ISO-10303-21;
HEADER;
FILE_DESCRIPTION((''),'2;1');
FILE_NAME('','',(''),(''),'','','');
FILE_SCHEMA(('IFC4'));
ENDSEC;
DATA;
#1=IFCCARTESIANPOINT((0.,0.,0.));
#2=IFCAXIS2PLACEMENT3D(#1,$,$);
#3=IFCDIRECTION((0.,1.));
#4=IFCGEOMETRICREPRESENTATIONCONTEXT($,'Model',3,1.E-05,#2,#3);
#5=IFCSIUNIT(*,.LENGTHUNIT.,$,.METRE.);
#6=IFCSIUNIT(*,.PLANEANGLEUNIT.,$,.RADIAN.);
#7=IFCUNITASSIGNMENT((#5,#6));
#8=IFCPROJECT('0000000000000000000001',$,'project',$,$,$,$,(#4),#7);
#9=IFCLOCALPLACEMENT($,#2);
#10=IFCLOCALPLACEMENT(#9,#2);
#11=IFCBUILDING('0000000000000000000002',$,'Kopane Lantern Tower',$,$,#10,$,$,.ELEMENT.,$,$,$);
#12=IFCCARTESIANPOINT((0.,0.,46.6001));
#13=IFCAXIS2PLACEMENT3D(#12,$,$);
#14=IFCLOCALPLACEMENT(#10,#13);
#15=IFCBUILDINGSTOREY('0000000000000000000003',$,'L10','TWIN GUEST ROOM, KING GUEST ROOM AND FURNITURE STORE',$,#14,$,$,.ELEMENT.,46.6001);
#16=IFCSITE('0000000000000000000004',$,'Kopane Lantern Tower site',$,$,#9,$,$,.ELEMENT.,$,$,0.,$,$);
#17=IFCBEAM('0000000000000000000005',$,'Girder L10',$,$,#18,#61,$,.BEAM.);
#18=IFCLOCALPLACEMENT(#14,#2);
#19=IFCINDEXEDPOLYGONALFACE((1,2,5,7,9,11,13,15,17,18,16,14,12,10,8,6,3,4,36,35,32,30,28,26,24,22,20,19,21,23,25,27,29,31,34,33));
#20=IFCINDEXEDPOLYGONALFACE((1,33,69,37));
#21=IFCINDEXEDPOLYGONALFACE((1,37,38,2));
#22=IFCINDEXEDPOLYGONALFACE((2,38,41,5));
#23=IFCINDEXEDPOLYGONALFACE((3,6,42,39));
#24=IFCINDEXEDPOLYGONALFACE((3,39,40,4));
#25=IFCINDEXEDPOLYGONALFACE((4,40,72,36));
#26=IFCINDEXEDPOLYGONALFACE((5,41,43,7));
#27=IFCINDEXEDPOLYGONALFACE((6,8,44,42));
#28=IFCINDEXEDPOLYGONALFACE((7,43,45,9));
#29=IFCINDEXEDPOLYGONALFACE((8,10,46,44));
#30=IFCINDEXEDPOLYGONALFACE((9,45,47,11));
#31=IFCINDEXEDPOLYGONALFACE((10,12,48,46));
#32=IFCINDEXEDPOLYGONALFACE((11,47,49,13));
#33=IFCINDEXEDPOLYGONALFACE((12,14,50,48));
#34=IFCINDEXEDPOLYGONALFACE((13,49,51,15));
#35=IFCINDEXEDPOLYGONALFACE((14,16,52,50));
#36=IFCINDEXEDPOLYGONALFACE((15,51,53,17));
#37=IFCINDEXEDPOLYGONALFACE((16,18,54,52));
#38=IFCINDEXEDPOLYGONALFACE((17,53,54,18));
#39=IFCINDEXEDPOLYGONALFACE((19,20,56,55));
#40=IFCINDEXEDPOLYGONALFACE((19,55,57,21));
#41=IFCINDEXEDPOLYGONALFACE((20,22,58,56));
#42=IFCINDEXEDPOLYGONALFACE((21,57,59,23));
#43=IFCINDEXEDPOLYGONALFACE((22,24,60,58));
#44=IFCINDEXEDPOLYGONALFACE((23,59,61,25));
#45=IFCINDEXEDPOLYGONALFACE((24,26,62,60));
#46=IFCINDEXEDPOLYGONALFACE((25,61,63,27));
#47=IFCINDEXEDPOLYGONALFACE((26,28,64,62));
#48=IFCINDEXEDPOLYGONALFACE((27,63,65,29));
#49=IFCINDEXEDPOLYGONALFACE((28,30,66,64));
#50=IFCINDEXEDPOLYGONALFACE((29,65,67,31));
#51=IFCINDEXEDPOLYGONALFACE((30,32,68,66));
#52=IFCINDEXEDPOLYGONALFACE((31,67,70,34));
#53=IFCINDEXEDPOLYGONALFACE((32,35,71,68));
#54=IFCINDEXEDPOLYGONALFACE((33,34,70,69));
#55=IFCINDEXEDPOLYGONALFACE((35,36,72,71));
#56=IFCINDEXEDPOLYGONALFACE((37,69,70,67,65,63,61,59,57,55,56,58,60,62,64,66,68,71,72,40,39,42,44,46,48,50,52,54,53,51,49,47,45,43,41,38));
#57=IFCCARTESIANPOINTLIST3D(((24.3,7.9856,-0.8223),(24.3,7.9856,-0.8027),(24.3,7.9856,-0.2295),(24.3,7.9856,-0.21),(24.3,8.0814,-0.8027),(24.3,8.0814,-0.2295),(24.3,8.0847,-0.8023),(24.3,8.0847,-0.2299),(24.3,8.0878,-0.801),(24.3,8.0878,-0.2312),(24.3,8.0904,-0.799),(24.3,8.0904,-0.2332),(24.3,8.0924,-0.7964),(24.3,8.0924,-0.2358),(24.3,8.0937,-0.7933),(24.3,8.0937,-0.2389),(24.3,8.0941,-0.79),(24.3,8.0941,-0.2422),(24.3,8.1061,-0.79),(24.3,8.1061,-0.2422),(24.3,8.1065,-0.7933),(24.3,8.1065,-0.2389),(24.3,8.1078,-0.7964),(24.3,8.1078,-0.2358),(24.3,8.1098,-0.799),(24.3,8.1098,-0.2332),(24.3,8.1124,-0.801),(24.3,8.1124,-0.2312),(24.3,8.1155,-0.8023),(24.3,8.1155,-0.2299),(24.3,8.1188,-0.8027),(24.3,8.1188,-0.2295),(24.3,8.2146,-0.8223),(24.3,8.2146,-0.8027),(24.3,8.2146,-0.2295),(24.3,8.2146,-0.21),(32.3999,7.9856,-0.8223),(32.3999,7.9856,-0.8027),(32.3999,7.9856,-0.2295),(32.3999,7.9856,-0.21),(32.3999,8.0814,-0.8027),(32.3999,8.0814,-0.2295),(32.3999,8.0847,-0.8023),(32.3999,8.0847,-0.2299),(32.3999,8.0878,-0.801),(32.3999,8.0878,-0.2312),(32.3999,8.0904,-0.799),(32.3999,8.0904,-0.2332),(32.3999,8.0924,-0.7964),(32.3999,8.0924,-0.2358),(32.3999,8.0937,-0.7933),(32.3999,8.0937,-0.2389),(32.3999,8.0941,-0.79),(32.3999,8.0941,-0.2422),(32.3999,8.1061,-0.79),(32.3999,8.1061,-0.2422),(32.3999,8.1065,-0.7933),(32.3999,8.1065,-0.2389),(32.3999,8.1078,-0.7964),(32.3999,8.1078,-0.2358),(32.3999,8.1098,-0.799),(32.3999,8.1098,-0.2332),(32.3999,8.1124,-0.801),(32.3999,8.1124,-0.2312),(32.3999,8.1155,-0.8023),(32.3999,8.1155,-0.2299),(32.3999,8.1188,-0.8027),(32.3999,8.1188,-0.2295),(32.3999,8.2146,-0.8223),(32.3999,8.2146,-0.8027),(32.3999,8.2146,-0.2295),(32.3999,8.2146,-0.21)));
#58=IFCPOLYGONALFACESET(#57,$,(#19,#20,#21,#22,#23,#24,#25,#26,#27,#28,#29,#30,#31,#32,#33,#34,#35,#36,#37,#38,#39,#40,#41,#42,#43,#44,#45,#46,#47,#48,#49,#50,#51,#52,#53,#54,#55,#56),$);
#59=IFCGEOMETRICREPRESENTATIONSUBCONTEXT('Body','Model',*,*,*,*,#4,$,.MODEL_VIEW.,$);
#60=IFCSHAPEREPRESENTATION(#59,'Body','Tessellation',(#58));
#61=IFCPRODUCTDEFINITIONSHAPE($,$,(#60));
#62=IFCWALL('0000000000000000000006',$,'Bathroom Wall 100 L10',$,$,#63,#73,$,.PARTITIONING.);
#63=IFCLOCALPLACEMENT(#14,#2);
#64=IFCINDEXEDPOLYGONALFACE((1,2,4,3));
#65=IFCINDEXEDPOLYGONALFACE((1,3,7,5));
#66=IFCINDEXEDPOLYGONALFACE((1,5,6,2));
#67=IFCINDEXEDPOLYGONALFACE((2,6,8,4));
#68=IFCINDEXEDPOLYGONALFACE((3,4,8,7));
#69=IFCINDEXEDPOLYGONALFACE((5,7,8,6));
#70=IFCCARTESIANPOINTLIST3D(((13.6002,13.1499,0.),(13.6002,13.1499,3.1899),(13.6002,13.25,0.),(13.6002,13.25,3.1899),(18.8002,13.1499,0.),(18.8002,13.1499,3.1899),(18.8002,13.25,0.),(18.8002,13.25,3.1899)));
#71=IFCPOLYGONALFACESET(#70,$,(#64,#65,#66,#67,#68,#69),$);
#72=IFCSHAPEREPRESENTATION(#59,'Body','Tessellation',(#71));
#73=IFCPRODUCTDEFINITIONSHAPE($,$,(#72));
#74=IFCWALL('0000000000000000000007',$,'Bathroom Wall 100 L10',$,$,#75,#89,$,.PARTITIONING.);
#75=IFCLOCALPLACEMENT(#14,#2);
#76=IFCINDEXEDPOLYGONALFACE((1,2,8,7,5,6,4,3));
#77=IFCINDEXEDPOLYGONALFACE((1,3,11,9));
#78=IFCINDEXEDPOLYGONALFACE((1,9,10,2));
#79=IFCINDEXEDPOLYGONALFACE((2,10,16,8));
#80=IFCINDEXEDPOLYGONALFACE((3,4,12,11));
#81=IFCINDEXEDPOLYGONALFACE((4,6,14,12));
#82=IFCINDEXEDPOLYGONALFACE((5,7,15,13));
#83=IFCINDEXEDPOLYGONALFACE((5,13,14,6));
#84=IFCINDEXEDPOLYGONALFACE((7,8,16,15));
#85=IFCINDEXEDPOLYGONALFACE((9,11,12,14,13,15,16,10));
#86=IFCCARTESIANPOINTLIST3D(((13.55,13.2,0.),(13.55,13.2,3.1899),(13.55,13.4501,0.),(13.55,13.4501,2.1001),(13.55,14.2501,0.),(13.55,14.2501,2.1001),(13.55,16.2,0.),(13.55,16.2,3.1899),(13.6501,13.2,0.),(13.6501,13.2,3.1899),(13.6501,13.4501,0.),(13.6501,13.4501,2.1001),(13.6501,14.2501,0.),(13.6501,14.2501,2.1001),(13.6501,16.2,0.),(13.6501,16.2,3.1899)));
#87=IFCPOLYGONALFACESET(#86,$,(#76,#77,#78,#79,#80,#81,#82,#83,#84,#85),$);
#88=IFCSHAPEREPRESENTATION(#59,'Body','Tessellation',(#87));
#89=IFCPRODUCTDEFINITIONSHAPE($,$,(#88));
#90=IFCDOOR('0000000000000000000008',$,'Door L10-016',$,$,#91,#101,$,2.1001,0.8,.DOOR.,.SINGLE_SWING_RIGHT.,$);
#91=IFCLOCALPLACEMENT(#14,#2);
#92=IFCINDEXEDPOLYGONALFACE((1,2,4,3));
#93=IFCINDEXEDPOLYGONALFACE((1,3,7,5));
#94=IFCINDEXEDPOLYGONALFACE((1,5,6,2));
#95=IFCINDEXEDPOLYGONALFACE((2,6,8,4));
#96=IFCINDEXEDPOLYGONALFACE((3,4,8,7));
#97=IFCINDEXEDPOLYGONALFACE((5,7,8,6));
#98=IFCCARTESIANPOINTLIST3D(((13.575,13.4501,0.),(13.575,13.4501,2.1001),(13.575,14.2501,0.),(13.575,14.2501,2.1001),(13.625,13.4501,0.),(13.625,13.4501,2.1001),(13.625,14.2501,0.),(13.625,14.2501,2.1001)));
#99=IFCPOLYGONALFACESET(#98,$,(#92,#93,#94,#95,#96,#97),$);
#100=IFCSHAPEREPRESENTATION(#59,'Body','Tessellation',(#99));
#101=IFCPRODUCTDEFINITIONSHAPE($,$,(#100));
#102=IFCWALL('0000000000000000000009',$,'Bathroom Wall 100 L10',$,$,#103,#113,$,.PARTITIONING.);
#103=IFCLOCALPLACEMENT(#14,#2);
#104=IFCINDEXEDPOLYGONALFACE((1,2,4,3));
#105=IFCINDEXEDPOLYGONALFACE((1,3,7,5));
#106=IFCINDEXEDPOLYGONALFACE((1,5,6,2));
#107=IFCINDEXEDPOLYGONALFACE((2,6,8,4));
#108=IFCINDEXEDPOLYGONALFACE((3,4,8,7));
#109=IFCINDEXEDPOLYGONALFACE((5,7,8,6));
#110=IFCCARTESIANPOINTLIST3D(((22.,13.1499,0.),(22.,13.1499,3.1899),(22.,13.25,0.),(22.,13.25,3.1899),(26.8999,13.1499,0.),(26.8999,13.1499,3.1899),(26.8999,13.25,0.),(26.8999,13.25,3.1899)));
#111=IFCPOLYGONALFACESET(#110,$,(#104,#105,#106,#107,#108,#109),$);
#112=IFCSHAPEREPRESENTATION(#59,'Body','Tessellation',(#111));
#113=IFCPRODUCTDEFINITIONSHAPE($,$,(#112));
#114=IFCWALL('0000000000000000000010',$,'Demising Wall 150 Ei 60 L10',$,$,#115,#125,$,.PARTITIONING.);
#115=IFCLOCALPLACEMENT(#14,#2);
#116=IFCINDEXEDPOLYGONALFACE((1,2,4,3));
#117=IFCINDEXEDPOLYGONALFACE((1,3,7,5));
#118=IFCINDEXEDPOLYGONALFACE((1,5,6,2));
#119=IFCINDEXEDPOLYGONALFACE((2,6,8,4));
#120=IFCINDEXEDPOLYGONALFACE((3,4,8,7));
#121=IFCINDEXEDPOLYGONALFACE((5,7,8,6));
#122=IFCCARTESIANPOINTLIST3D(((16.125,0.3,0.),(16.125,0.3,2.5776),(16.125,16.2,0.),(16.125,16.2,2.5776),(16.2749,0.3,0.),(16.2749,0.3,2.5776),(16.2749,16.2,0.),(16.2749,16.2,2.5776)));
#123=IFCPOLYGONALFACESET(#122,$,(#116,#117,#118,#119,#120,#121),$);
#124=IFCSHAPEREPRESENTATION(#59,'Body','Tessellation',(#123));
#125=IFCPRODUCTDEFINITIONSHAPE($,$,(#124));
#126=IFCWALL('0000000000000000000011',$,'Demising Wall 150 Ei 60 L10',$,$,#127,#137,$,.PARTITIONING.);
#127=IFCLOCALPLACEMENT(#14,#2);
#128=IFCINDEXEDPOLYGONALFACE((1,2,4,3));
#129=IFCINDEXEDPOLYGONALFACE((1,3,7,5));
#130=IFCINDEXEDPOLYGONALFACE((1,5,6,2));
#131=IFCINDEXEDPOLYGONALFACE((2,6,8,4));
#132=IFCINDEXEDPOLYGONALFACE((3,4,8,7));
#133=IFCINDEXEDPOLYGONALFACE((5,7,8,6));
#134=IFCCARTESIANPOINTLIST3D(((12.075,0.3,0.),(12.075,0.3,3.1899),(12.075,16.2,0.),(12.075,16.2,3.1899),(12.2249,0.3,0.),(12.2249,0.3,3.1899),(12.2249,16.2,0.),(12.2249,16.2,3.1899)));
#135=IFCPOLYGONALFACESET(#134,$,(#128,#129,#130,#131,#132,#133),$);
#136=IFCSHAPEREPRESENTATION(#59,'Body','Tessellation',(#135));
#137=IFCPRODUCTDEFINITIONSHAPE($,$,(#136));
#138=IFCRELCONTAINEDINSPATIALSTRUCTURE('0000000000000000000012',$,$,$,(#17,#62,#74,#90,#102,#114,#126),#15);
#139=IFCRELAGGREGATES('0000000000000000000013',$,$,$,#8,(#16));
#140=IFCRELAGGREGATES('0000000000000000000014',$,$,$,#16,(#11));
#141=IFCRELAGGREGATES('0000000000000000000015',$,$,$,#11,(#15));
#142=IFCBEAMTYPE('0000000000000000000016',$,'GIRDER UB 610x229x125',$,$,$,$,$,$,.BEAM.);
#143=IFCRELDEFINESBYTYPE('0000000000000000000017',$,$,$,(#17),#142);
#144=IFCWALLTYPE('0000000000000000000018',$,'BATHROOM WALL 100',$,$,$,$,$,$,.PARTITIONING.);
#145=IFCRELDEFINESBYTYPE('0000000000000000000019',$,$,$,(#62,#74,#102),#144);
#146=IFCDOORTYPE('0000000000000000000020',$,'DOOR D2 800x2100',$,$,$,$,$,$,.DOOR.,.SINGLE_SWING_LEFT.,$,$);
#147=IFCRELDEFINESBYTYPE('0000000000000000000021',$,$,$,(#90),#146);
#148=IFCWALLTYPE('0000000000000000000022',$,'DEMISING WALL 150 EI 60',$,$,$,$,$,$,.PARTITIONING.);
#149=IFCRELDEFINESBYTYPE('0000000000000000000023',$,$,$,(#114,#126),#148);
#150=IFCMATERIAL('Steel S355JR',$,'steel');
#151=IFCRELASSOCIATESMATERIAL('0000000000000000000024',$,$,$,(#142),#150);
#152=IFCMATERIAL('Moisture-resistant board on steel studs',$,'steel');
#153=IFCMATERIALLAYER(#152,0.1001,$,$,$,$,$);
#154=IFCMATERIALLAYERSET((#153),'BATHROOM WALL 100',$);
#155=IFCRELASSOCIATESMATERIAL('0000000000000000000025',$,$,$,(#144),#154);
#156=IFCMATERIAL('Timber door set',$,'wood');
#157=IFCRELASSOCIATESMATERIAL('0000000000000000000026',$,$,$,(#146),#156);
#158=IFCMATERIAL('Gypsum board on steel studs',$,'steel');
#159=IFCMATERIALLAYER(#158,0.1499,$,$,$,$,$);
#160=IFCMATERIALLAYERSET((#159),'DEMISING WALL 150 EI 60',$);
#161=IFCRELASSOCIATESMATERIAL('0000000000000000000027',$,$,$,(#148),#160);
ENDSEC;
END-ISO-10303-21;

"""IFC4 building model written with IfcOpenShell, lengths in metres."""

from ifc_helpers import new_model, si_unit, direction, frame, frame_2d, origin, origin_2d, place, context, subcontext, project, spatial, rectangle, i_section, extrude, material, layer, layer_set, material_profile, profile_set, type_object, element, fill, save


model = new_model("IFC4")

# Units and contexts
model_context = context("Model", 3, precision=1e-05, world=origin(), true_north=direction((0.0, 1.0)))
body_context = subcontext(model_context, "Body", "Model", "MODEL_VIEW")
ifc_project = project(units=[si_unit("LENGTHUNIT", "METRE"), si_unit("PLANEANGLEUNIT", "RADIAN")], contexts=[model_context])

# Site, building, storey
site_placement = place(None, origin())
site = spatial("IfcSite", under=ifc_project, at=site_placement, Name="Kopane Lantern Tower site", CompositionType="ELEMENT", RefElevation=0.0)
building_placement = place(site_placement, origin())
building = spatial("IfcBuilding", under=site, at=building_placement, Name="Kopane Lantern Tower", CompositionType="ELEMENT")
storey_placement = place(building_placement, frame((0.0, 0.0, 46.6001)))
storey = spatial("IfcBuildingStorey", under=building, at=storey_placement, Name="L10", Description="TWIN GUEST ROOM, KING GUEST ROOM AND FURNITURE STORE", CompositionType="ELEMENT", Elevation=46.6001)

# Beam
ifc_material_1 = material(Name="Steel S355JR", Category="steel")
ifc_material_profile_1 = material_profile(ifc_material_1, i_section(OverallWidth=0.229, OverallDepth=0.6123, WebThickness=0.012, FlangeThickness=0.0195, FilletRadius=0.0127, at=origin_2d()), Name="UB 610x229x125")
ifc_profile_set_1 = profile_set([ifc_material_profile_1], Name="Steel S355JR")
beam_type = type_object("IfcBeamType", Name="GIRDER UB 610x229x125", PredefinedType="BEAM", material=ifc_profile_set_1)
for number, where, z_axis, x_axis, name in (
    (1, (24.3, 8.1001, -0.5161), (1.0, 0.0, 0.0), (0.0, 1.0, 0.0), "Girder L10"),
):
    element("IfcBeam", number, at=place(storey_placement, frame(where, z_axis=z_axis, x_axis=x_axis)), inside=storey, type_object=beam_type, Name=name, PredefinedType="BEAM", context=body_context, shape_type="SweptSolid", body=[
        extrude(i_section(OverallWidth=0.229, OverallDepth=0.6123, WebThickness=0.012, FlangeThickness=0.0195, FilletRadius=0.0127, at=origin_2d()), origin(), (0.0, 0.0, 1.0), 8.0999),
    ])

# Wall
ifc_material_2 = material(Name="Moisture-resistant board on steel studs", Category="steel")
ifc_layer_1 = layer(ifc_material_2, 0.1001)
ifc_layer_set_1 = layer_set([ifc_layer_1], Name="BATHROOM WALL 100")
wall_type_1 = type_object("IfcWallType", Name="BATHROOM WALL 100", PredefinedType="PARTITIONING", material=ifc_layer_set_1)
wall_1_placement = place(storey_placement, frame((13.6001, 13.2, 0.0), z_axis=(0.0, 0.0, 1.0), x_axis=(1.0, 0.0, 0.0)))
element("IfcWall", 2, at=wall_1_placement, inside=storey, type_object=wall_type_1, Name="Bathroom Wall 100 L10", PredefinedType="PARTITIONING", context=body_context, shape_type="SweptSolid", body=[
    extrude(rectangle(XDim=5.2, YDim=0.1001, at=frame_2d((2.6001, 0.0))), origin(), (0.0, 0.0, 1.0), 3.1899),
])

# Wall, opening, door
wall_2_placement = place(storey_placement, frame((13.6001, 16.2, 0.0), z_axis=(0.0, 0.0, 1.0), x_axis=(0.0, -1.0, 0.0)))
wall_2 = element("IfcWall", 3, at=wall_2_placement, inside=storey, type_object=wall_type_1, Name="Bathroom Wall 100 L10", PredefinedType="PARTITIONING", context=body_context, shape_type="SweptSolid", body=[
    extrude(rectangle(XDim=3.0, YDim=0.1001, at=frame_2d((1.5, 0.0))), origin(), (0.0, 0.0, 1.0), 3.1899),
])
opening_placement = place(wall_2_placement, frame((1.95, 0.0, 0.0)))
opening = element("IfcOpeningElement", 4, at=opening_placement, cuts=wall_2, PredefinedType="OPENING", context=body_context, shape_type="SweptSolid", body=[
    extrude(rectangle(XDim=0.8, YDim=2.1001, at=frame_2d((0.3999, 1.05))), frame((0.0, 0.0601, 0.0), z_axis=(0.0, -1.0, 0.0), x_axis=(1.0, 0.0, 0.0)), (0.0, 0.0, 1.0), 0.1201),
])
ifc_material_3 = material(Name="Timber door set", Category="wood")
door_type = type_object("IfcDoorType", Name="DOOR D2 800x2100", OperationType="SINGLE_SWING_LEFT", PredefinedType="DOOR", material=ifc_material_3)
door_placement = place(opening_placement, origin())
door = element("IfcDoor", 5, at=door_placement, inside=storey, type_object=door_type, Name="Door L10-016", OperationType="SINGLE_SWING_RIGHT", OverallHeight=2.1001, OverallWidth=0.8, PredefinedType="DOOR", context=body_context, shape_type="SweptSolid", body=[
    extrude(rectangle(XDim=0.8, YDim=2.1001, at=frame_2d((0.3999, 1.05))), frame((0.0, 0.0249, 0.0), z_axis=(0.0, -1.0, 0.0), x_axis=(1.0, 0.0, 0.0)), (0.0, 0.0, 1.0), 0.05),
])
fill(opening, door)

# Walls
wall_3_placement = place(storey_placement, frame((22.0, 13.2, 0.0), z_axis=(0.0, 0.0, 1.0), x_axis=(1.0, 0.0, 0.0)))
element("IfcWall", 6, at=wall_3_placement, inside=storey, type_object=wall_type_1, Name="Bathroom Wall 100 L10", PredefinedType="PARTITIONING", context=body_context, shape_type="SweptSolid", body=[
    extrude(rectangle(XDim=4.8999, YDim=0.1001, at=frame_2d((2.45, 0.0))), origin(), (0.0, 0.0, 1.0), 3.1899),
])
ifc_material_4 = material(Name="Gypsum board on steel studs", Category="steel")
ifc_layer_2 = layer(ifc_material_4, 0.1499)
ifc_layer_set_2 = layer_set([ifc_layer_2], Name="DEMISING WALL 150 EI 60")
wall_type_2 = type_object("IfcWallType", Name="DEMISING WALL 150 EI 60", PredefinedType="PARTITIONING", material=ifc_layer_set_2)
wall_4_placement = place(storey_placement, frame((16.2, 16.2, 0.0), z_axis=(0.0, 0.0, 1.0), x_axis=(0.0, -1.0, 0.0)))
element("IfcWall", 7, at=wall_4_placement, inside=storey, type_object=wall_type_2, Name="Demising Wall 150 Ei 60 L10", PredefinedType="PARTITIONING", context=body_context, shape_type="SweptSolid", body=[
    extrude(rectangle(XDim=15.8999, YDim=0.1499, at=frame_2d((7.95, 0.0))), origin(), (0.0, 0.0, 1.0), 2.5776),
])
wall_5_placement = place(storey_placement, frame((12.1499, 16.2, 0.0), z_axis=(0.0, 0.0, 1.0), x_axis=(0.0, -1.0, 0.0)))
element("IfcWall", 8, at=wall_5_placement, inside=storey, type_object=wall_type_2, Name="Demising Wall 150 Ei 60 L10", PredefinedType="PARTITIONING", context=body_context, shape_type="SweptSolid", body=[
    extrude(rectangle(XDim=15.8999, YDim=0.1499, at=frame_2d((7.95, 0.0))), origin(), (0.0, 0.0, 1.0), 3.1899),
])

save(model, "model.ifc")
